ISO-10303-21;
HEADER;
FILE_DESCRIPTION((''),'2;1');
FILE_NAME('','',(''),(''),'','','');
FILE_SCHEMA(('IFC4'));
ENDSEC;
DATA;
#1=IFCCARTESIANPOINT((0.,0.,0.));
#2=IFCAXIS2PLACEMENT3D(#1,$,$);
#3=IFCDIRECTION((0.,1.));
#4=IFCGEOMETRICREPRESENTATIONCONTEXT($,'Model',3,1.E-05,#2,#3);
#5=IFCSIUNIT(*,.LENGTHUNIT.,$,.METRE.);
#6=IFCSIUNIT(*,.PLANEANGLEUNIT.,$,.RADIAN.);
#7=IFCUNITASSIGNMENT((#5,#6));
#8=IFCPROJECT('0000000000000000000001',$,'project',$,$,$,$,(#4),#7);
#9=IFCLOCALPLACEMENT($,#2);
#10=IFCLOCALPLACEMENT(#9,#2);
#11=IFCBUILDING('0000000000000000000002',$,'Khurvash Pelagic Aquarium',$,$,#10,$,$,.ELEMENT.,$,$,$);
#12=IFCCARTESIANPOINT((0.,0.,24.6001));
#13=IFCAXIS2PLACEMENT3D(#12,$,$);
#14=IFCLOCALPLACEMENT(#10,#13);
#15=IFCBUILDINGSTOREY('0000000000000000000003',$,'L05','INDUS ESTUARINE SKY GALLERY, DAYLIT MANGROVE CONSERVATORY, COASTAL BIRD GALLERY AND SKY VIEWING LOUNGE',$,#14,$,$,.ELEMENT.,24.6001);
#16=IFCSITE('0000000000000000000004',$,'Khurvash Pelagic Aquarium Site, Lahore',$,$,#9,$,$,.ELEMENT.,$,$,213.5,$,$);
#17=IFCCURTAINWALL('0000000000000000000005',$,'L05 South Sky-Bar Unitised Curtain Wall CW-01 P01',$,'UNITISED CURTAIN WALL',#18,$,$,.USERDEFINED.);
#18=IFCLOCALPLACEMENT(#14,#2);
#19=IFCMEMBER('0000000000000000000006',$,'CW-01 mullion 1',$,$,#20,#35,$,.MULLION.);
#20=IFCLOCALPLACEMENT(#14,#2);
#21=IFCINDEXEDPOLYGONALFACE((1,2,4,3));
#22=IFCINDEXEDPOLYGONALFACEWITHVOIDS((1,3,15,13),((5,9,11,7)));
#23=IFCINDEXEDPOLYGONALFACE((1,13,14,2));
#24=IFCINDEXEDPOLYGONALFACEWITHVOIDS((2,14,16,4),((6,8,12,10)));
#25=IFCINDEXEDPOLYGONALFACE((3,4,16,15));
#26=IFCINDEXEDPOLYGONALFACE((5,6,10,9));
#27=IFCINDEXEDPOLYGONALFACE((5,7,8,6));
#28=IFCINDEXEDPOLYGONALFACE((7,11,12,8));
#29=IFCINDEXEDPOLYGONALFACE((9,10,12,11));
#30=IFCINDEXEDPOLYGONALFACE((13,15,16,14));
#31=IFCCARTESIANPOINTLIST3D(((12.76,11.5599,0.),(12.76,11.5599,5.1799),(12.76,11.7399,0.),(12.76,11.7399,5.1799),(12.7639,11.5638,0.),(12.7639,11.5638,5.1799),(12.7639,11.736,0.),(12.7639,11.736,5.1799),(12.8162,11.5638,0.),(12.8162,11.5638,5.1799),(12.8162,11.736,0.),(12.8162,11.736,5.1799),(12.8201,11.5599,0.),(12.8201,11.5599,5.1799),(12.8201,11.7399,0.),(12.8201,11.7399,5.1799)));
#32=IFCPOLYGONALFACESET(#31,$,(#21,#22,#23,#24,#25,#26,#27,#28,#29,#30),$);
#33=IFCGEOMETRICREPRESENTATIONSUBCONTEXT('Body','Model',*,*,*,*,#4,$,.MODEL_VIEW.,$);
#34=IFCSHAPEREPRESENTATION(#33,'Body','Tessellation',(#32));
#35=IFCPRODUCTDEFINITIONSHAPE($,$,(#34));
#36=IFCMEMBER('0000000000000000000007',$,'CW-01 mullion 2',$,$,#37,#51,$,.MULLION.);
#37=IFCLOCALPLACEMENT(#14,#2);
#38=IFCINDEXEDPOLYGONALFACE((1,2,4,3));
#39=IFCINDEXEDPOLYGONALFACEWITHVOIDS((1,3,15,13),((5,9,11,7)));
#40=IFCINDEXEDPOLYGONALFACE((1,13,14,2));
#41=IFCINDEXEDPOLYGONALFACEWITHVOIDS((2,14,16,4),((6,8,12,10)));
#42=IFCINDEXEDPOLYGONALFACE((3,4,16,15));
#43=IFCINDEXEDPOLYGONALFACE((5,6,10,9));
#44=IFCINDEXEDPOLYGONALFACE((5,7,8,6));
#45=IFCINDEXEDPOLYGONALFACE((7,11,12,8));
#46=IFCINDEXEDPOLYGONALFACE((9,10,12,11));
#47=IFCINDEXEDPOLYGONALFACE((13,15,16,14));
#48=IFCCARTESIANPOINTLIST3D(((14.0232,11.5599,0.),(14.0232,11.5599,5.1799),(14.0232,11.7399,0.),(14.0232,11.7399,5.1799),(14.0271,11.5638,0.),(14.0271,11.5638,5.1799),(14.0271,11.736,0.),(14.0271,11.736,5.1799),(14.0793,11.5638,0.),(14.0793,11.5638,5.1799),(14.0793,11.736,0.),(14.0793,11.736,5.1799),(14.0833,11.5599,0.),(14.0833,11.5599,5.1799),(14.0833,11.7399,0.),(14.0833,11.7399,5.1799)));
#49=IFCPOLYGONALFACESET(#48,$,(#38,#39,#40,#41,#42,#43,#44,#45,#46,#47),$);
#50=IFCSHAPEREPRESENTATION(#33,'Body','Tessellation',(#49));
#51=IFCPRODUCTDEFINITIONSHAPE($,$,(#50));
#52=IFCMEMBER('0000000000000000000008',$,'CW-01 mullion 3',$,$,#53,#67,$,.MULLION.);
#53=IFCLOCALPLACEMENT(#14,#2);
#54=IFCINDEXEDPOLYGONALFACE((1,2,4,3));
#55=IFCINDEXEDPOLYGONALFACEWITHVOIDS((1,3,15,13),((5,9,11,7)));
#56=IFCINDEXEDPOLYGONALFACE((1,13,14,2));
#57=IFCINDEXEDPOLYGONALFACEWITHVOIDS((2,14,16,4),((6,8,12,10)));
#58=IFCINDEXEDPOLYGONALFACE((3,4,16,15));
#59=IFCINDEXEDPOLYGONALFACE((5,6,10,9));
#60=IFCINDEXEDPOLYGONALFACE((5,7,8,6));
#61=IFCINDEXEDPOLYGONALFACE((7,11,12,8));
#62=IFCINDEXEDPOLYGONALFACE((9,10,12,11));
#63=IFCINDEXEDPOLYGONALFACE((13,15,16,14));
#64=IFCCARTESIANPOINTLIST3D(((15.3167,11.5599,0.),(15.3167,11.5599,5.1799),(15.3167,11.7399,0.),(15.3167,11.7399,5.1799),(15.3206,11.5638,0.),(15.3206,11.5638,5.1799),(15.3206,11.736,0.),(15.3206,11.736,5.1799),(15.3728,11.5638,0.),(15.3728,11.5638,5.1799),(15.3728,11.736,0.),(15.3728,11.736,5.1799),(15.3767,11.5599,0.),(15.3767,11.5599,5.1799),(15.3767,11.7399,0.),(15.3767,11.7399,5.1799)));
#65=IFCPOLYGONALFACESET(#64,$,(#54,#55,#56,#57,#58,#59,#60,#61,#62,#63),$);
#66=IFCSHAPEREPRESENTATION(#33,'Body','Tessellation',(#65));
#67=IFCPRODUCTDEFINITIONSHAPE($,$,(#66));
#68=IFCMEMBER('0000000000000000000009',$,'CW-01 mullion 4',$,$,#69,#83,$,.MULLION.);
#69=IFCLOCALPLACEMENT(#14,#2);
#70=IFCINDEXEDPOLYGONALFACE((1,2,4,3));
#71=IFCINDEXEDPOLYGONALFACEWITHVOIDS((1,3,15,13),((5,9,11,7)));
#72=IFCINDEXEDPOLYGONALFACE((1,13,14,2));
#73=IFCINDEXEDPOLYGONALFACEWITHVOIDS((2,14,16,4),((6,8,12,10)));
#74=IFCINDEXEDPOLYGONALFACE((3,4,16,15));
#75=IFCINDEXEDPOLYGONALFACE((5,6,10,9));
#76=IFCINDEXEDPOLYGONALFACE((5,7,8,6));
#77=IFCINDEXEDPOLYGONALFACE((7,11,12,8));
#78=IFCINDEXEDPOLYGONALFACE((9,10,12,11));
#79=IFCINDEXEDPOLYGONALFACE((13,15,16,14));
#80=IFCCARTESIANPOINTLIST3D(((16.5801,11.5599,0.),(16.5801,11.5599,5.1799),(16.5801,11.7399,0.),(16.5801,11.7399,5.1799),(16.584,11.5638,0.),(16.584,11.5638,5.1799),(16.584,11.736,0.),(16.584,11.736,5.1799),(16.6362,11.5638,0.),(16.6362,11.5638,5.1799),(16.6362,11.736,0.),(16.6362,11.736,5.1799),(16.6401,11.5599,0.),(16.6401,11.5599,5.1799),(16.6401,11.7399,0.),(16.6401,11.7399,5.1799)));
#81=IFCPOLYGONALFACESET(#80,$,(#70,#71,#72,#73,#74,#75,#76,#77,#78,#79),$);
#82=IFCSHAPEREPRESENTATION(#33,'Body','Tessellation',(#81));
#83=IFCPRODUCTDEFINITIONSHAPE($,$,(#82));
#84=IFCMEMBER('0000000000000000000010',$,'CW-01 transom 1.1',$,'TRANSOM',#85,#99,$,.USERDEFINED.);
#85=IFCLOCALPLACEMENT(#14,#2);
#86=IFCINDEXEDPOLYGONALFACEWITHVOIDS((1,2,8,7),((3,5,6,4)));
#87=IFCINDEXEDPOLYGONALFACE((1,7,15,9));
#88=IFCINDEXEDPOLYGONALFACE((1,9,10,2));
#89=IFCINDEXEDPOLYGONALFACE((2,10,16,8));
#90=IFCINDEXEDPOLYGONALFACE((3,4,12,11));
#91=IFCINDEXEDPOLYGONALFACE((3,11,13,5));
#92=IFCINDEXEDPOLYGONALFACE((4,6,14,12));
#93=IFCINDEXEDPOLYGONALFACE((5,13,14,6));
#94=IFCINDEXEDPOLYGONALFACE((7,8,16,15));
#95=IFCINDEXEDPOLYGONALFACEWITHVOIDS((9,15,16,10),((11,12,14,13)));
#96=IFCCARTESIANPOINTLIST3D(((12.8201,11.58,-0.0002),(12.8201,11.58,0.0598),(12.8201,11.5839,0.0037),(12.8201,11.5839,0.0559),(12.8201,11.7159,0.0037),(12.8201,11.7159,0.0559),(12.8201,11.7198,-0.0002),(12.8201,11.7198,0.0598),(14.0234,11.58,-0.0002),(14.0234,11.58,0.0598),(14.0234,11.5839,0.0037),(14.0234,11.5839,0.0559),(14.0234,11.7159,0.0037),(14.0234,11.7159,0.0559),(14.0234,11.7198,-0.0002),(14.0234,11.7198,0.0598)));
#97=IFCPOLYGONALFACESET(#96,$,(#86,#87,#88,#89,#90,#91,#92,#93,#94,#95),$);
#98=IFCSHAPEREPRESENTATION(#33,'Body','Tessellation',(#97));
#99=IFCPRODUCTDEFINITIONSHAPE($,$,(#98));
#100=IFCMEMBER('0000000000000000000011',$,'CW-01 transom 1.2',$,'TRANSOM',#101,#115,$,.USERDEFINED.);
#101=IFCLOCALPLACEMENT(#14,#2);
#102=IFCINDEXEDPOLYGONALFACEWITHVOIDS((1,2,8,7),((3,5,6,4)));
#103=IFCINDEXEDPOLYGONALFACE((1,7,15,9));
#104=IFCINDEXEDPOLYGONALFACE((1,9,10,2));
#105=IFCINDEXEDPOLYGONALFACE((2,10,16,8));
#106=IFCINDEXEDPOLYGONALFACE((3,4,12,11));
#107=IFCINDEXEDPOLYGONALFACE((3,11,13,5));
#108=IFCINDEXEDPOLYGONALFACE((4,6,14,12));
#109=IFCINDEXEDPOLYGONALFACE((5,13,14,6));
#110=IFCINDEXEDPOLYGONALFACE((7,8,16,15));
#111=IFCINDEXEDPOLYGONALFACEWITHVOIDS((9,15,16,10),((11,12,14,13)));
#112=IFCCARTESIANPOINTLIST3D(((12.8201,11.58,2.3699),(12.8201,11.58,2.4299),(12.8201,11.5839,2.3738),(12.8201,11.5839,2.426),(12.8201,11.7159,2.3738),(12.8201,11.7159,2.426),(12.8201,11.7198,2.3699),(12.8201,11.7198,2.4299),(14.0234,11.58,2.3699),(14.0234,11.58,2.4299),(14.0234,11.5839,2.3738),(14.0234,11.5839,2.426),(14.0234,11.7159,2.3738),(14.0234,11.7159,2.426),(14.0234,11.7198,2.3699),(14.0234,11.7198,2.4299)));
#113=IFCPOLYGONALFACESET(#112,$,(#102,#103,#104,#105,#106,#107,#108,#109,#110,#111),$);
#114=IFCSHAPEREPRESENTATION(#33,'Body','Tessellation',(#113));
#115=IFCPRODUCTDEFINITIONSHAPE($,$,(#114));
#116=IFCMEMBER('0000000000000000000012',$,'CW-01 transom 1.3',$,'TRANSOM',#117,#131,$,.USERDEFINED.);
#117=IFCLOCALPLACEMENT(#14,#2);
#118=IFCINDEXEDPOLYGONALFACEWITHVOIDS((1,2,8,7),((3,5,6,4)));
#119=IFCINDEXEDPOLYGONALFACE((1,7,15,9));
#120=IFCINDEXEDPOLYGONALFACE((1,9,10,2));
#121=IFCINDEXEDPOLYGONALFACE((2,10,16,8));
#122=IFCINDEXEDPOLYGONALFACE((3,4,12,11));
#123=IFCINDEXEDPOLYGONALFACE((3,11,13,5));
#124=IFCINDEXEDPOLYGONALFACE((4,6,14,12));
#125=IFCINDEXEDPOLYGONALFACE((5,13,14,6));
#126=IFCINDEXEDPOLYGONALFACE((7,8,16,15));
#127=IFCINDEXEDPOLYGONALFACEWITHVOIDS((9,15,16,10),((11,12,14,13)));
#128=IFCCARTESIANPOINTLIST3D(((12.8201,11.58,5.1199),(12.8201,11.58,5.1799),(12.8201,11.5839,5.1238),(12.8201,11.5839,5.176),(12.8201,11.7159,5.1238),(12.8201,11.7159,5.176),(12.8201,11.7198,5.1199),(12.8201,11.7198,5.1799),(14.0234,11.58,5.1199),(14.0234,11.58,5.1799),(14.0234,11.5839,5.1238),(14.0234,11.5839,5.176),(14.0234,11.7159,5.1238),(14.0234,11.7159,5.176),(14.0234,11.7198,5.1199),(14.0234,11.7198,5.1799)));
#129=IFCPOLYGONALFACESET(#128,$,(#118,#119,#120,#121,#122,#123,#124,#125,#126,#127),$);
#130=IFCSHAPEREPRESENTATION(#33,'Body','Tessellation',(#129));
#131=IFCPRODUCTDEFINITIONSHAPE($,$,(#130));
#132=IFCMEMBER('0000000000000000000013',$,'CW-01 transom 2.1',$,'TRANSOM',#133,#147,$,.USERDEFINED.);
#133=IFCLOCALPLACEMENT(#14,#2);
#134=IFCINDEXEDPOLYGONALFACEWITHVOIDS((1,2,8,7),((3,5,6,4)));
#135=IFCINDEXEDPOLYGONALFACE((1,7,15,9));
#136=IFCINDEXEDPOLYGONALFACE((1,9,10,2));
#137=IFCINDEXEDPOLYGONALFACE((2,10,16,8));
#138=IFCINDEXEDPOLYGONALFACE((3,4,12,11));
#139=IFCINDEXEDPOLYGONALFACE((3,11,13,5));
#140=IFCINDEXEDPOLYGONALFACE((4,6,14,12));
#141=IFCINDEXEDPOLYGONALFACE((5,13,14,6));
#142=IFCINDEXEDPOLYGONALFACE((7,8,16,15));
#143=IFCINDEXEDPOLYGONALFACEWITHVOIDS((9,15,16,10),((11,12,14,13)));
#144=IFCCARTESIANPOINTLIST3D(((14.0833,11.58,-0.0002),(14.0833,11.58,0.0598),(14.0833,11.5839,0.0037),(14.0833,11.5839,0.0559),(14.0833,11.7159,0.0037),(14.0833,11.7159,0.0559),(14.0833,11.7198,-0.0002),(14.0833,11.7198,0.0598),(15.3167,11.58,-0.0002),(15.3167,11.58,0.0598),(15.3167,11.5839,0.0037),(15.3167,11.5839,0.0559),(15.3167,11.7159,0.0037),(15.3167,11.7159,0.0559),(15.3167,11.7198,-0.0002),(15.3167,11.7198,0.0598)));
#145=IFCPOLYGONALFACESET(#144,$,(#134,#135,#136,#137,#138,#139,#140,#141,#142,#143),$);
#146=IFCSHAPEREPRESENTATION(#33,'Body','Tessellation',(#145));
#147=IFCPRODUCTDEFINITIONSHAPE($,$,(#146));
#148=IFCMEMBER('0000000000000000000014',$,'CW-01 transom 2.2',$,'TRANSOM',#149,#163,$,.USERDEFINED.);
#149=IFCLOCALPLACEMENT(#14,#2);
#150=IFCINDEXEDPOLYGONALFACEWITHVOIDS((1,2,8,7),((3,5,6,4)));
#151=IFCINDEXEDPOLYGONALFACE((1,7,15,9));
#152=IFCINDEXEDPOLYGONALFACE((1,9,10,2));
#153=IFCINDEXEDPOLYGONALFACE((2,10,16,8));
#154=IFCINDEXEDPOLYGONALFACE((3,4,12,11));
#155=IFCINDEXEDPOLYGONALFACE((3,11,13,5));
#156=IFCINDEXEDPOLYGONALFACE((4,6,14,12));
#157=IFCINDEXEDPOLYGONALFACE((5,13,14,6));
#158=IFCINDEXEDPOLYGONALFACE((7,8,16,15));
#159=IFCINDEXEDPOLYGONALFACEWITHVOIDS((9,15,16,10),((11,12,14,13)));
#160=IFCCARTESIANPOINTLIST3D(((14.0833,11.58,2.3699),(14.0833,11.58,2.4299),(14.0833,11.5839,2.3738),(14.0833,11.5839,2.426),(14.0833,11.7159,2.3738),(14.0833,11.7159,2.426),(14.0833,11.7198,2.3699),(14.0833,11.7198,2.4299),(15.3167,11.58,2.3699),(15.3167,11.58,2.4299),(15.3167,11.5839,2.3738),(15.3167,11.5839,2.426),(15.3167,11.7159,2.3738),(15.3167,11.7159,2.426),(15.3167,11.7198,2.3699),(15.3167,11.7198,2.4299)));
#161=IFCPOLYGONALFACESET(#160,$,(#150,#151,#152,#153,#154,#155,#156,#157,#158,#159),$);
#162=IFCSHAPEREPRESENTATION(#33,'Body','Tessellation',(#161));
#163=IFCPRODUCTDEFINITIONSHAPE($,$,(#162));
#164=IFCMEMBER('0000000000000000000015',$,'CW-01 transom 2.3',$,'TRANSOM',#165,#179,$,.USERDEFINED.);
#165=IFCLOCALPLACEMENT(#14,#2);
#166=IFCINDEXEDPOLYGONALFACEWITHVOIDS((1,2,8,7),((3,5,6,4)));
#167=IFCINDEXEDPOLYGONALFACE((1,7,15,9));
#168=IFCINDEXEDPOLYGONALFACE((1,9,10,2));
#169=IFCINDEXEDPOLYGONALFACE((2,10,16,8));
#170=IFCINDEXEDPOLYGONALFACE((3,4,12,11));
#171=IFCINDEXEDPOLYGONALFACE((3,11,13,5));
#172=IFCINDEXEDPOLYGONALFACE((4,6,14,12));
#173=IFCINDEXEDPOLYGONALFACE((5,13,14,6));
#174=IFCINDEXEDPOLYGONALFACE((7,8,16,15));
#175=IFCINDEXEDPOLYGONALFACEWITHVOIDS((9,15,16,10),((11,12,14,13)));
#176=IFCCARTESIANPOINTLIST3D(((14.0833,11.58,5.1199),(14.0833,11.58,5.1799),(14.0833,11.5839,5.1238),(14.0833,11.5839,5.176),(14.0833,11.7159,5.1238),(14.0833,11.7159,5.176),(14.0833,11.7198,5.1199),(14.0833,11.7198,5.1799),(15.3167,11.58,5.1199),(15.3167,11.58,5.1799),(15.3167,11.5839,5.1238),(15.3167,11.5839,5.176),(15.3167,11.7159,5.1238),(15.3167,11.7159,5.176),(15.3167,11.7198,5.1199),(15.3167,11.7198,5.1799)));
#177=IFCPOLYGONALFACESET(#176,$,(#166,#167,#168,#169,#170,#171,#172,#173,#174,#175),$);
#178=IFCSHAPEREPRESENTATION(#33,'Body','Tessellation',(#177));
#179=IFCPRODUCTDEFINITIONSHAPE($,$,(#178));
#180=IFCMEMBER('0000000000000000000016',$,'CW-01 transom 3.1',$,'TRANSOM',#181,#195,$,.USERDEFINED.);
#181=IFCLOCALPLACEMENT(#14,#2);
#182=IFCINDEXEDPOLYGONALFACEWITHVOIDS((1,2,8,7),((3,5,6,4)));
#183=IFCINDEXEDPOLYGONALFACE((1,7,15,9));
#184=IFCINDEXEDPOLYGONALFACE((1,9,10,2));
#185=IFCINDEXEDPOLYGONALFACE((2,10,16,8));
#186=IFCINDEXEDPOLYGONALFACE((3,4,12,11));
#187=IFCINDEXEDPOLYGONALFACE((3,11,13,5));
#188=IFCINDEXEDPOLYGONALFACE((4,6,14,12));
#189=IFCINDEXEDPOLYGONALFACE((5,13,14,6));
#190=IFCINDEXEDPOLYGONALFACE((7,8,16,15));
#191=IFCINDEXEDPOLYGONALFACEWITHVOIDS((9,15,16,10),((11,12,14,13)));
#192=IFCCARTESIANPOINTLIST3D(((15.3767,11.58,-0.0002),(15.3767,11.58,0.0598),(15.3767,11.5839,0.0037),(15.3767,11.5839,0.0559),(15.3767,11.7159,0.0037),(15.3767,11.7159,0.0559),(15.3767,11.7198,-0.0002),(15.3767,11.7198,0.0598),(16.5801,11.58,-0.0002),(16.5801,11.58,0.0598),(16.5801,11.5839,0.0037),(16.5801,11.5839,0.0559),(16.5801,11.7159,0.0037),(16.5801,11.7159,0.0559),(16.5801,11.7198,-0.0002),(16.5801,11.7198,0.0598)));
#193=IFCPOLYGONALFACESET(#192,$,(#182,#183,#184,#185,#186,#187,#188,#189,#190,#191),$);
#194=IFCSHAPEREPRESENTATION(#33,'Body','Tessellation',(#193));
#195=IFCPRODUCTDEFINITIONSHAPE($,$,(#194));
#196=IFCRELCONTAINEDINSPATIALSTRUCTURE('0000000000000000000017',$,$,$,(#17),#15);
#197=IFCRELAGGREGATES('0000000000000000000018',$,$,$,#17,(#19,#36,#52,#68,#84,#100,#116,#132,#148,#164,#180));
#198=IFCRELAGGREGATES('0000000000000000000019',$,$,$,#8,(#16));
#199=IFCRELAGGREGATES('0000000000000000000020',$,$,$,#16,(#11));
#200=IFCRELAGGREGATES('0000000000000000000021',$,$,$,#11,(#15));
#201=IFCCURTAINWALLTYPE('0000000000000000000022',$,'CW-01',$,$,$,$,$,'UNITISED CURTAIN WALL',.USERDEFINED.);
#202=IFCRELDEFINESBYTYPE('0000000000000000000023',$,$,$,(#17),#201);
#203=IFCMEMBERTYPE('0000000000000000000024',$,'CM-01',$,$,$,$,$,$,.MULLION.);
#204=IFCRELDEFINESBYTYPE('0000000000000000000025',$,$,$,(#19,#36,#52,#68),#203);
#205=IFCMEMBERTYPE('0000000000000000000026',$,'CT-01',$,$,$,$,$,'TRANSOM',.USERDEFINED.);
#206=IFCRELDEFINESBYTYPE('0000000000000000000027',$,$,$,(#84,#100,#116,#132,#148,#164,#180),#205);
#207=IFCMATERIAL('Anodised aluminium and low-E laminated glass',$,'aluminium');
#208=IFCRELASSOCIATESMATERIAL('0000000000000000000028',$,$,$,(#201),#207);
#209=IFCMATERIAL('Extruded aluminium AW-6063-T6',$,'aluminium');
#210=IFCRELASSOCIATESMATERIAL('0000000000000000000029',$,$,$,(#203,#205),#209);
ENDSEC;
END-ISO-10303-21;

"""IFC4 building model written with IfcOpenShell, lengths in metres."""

from ifc_helpers import new_model, si_unit, direction, frame, origin, origin_2d, place, context, subcontext, project, spatial, hollow_rectangle, extrude, material, material_profile, profile_set, type_object, element, aggregate, save


model = new_model("IFC4")

# Units and contexts
model_context = context("Model", 3, precision=1e-05, world=origin(), true_north=direction((0.0, 1.0)))
body_context = subcontext(model_context, "Body", "Model", "MODEL_VIEW")
ifc_project = project(units=[si_unit("LENGTHUNIT", "METRE"), si_unit("PLANEANGLEUNIT", "RADIAN")], contexts=[model_context])

# Site, building, storey
site_placement = place(None, origin())
site = spatial("IfcSite", under=ifc_project, at=site_placement, Name="Khurvash Pelagic Aquarium Site, Lahore", CompositionType="ELEMENT", RefElevation=213.5)
building_placement = place(site_placement, origin())
building = spatial("IfcBuilding", under=site, at=building_placement, Name="Khurvash Pelagic Aquarium", CompositionType="ELEMENT")
storey_placement = place(building_placement, frame((0.0, 0.0, 24.6001)))
storey = spatial("IfcBuildingStorey", under=building, at=storey_placement, Name="L05", Description="INDUS ESTUARINE SKY GALLERY, DAYLIT MANGROVE CONSERVATORY, COASTAL BIRD GALLERY AND SKY VIEWING LOUNGE", CompositionType="ELEMENT", Elevation=24.6001)

# Curtain wall, members
ifc_material_1 = material(Name="Anodised aluminium and low-E laminated glass", Category="aluminium")
curtain_wall_type = type_object("IfcCurtainWallType", Name="CW-01", ElementType="UNITISED CURTAIN WALL", PredefinedType="USERDEFINED", material=ifc_material_1)
curtain_wall_placement = place(storey_placement, origin())
curtain_wall = element("IfcCurtainWall", 1, at=curtain_wall_placement, inside=storey, type_object=curtain_wall_type, Name="L05 South Sky-Bar Unitised Curtain Wall CW-01 P01", ObjectType="UNITISED CURTAIN WALL", PredefinedType="USERDEFINED")
ifc_material_2 = material(Name="Extruded aluminium AW-6063-T6", Category="aluminium")
ifc_material_profile_1 = material_profile(ifc_material_2, hollow_rectangle(XDim=0.0601, YDim=0.1799, WallThickness=0.0039, at=origin_2d()), Name="CWM60X180X4")
ifc_profile_set_1 = profile_set([ifc_material_profile_1], Name="Extruded aluminium AW-6063-T6")
member_type_1 = type_object("IfcMemberType", Name="CM-01", PredefinedType="MULLION", material=ifc_profile_set_1)
member_1_placement = place(storey_placement, frame((12.79, 11.6499, 0.0), z_axis=(0.0, 0.0, 1.0), x_axis=(1.0, 0.0, 0.0)))
member_1 = element("IfcMember", 2, at=member_1_placement, type_object=member_type_1, Name="CW-01 mullion 1", PredefinedType="MULLION", context=body_context, shape_type="SweptSolid", body=[
    extrude(hollow_rectangle(XDim=0.0601, YDim=0.1799, WallThickness=0.0039, at=origin_2d()), origin(), (0.0, 0.0, 1.0), 5.1799),
])
member_2_placement = place(storey_placement, frame((14.0532, 11.6499, 0.0), z_axis=(0.0, 0.0, 1.0), x_axis=(1.0, 0.0, 0.0)))
member_2 = element("IfcMember", 3, at=member_2_placement, type_object=member_type_1, Name="CW-01 mullion 2", PredefinedType="MULLION", context=body_context, shape_type="SweptSolid", body=[
    extrude(hollow_rectangle(XDim=0.0601, YDim=0.1799, WallThickness=0.0039, at=origin_2d()), origin(), (0.0, 0.0, 1.0), 5.1799),
])
member_3_placement = place(storey_placement, frame((15.3467, 11.6499, 0.0), z_axis=(0.0, 0.0, 1.0), x_axis=(1.0, 0.0, 0.0)))
member_3 = element("IfcMember", 4, at=member_3_placement, type_object=member_type_1, Name="CW-01 mullion 3", PredefinedType="MULLION", context=body_context, shape_type="SweptSolid", body=[
    extrude(hollow_rectangle(XDim=0.0601, YDim=0.1799, WallThickness=0.0039, at=origin_2d()), origin(), (0.0, 0.0, 1.0), 5.1799),
])
member_4_placement = place(storey_placement, frame((16.6101, 11.6499, 0.0), z_axis=(0.0, 0.0, 1.0), x_axis=(1.0, 0.0, 0.0)))
member_4 = element("IfcMember", 5, at=member_4_placement, type_object=member_type_1, Name="CW-01 mullion 4", PredefinedType="MULLION", context=body_context, shape_type="SweptSolid", body=[
    extrude(hollow_rectangle(XDim=0.0601, YDim=0.1799, WallThickness=0.0039, at=origin_2d()), origin(), (0.0, 0.0, 1.0), 5.1799),
])
ifc_material_profile_2 = material_profile(ifc_material_2, hollow_rectangle(XDim=0.1399, YDim=0.0601, WallThickness=0.0039, at=origin_2d()), Name="CWT140X60X4")
ifc_profile_set_2 = profile_set([ifc_material_profile_2], Name="Extruded aluminium AW-6063-T6")
member_type_2 = type_object("IfcMemberType", Name="CT-01", ElementType="TRANSOM", PredefinedType="USERDEFINED", material=ifc_profile_set_2)
member_5_placement = place(storey_placement, frame((12.8201, 11.6499, 0.0298), z_axis=(1.0, 0.0, 0.0), x_axis=(0.0, 1.0, 0.0)))
member_5 = element("IfcMember", 6, at=member_5_placement, type_object=member_type_2, Name="CW-01 transom 1.1", ObjectType="TRANSOM", PredefinedType="USERDEFINED", context=body_context, shape_type="SweptSolid", body=[
    extrude(hollow_rectangle(XDim=0.1399, YDim=0.0601, WallThickness=0.0039, at=origin_2d()), origin(), (0.0, 0.0, 1.0), 1.2034),
])
member_6_placement = place(storey_placement, frame((12.8201, 11.6499, 2.3999), z_axis=(1.0, 0.0, 0.0), x_axis=(0.0, 1.0, 0.0)))
member_6 = element("IfcMember", 7, at=member_6_placement, type_object=member_type_2, Name="CW-01 transom 1.2", ObjectType="TRANSOM", PredefinedType="USERDEFINED", context=body_context, shape_type="SweptSolid", body=[
    extrude(hollow_rectangle(XDim=0.1399, YDim=0.0601, WallThickness=0.0039, at=origin_2d()), origin(), (0.0, 0.0, 1.0), 1.2034),
])
member_7_placement = place(storey_placement, frame((12.8201, 11.6499, 5.1499), z_axis=(1.0, 0.0, 0.0), x_axis=(0.0, 1.0, 0.0)))
member_7 = element("IfcMember", 8, at=member_7_placement, type_object=member_type_2, Name="CW-01 transom 1.3", ObjectType="TRANSOM", PredefinedType="USERDEFINED", context=body_context, shape_type="SweptSolid", body=[
    extrude(hollow_rectangle(XDim=0.1399, YDim=0.0601, WallThickness=0.0039, at=origin_2d()), origin(), (0.0, 0.0, 1.0), 1.2034),
])
member_8_placement = place(storey_placement, frame((14.0833, 11.6499, 0.0298), z_axis=(1.0, 0.0, 0.0), x_axis=(0.0, 1.0, 0.0)))
member_8 = element("IfcMember", 9, at=member_8_placement, type_object=member_type_2, Name="CW-01 transom 2.1", ObjectType="TRANSOM", PredefinedType="USERDEFINED", context=body_context, shape_type="SweptSolid", body=[
    extrude(hollow_rectangle(XDim=0.1399, YDim=0.0601, WallThickness=0.0039, at=origin_2d()), origin(), (0.0, 0.0, 1.0), 1.2334),
])
member_9_placement = place(storey_placement, frame((14.0833, 11.6499, 2.3999), z_axis=(1.0, 0.0, 0.0), x_axis=(0.0, 1.0, 0.0)))
member_9 = element("IfcMember", 10, at=member_9_placement, type_object=member_type_2, Name="CW-01 transom 2.2", ObjectType="TRANSOM", PredefinedType="USERDEFINED", context=body_context, shape_type="SweptSolid", body=[
    extrude(hollow_rectangle(XDim=0.1399, YDim=0.0601, WallThickness=0.0039, at=origin_2d()), origin(), (0.0, 0.0, 1.0), 1.2334),
])
member_10_placement = place(storey_placement, frame((14.0833, 11.6499, 5.1499), z_axis=(1.0, 0.0, 0.0), x_axis=(0.0, 1.0, 0.0)))
member_10 = element("IfcMember", 11, at=member_10_placement, type_object=member_type_2, Name="CW-01 transom 2.3", ObjectType="TRANSOM", PredefinedType="USERDEFINED", context=body_context, shape_type="SweptSolid", body=[
    extrude(hollow_rectangle(XDim=0.1399, YDim=0.0601, WallThickness=0.0039, at=origin_2d()), origin(), (0.0, 0.0, 1.0), 1.2334),
])
member_11_placement = place(storey_placement, frame((15.3767, 11.6499, 0.0298), z_axis=(1.0, 0.0, 0.0), x_axis=(0.0, 1.0, 0.0)))
member_11 = element("IfcMember", 12, at=member_11_placement, type_object=member_type_2, Name="CW-01 transom 3.1", ObjectType="TRANSOM", PredefinedType="USERDEFINED", context=body_context, shape_type="SweptSolid", body=[
    extrude(hollow_rectangle(XDim=0.1399, YDim=0.0601, WallThickness=0.0039, at=origin_2d()), origin(), (0.0, 0.0, 1.0), 1.2034),
])

aggregate(curtain_wall, [member_1, member_2, member_3, member_4, member_5, member_6, member_7, member_8, member_9, member_10, member_11])

save(model, "model.ifc")
